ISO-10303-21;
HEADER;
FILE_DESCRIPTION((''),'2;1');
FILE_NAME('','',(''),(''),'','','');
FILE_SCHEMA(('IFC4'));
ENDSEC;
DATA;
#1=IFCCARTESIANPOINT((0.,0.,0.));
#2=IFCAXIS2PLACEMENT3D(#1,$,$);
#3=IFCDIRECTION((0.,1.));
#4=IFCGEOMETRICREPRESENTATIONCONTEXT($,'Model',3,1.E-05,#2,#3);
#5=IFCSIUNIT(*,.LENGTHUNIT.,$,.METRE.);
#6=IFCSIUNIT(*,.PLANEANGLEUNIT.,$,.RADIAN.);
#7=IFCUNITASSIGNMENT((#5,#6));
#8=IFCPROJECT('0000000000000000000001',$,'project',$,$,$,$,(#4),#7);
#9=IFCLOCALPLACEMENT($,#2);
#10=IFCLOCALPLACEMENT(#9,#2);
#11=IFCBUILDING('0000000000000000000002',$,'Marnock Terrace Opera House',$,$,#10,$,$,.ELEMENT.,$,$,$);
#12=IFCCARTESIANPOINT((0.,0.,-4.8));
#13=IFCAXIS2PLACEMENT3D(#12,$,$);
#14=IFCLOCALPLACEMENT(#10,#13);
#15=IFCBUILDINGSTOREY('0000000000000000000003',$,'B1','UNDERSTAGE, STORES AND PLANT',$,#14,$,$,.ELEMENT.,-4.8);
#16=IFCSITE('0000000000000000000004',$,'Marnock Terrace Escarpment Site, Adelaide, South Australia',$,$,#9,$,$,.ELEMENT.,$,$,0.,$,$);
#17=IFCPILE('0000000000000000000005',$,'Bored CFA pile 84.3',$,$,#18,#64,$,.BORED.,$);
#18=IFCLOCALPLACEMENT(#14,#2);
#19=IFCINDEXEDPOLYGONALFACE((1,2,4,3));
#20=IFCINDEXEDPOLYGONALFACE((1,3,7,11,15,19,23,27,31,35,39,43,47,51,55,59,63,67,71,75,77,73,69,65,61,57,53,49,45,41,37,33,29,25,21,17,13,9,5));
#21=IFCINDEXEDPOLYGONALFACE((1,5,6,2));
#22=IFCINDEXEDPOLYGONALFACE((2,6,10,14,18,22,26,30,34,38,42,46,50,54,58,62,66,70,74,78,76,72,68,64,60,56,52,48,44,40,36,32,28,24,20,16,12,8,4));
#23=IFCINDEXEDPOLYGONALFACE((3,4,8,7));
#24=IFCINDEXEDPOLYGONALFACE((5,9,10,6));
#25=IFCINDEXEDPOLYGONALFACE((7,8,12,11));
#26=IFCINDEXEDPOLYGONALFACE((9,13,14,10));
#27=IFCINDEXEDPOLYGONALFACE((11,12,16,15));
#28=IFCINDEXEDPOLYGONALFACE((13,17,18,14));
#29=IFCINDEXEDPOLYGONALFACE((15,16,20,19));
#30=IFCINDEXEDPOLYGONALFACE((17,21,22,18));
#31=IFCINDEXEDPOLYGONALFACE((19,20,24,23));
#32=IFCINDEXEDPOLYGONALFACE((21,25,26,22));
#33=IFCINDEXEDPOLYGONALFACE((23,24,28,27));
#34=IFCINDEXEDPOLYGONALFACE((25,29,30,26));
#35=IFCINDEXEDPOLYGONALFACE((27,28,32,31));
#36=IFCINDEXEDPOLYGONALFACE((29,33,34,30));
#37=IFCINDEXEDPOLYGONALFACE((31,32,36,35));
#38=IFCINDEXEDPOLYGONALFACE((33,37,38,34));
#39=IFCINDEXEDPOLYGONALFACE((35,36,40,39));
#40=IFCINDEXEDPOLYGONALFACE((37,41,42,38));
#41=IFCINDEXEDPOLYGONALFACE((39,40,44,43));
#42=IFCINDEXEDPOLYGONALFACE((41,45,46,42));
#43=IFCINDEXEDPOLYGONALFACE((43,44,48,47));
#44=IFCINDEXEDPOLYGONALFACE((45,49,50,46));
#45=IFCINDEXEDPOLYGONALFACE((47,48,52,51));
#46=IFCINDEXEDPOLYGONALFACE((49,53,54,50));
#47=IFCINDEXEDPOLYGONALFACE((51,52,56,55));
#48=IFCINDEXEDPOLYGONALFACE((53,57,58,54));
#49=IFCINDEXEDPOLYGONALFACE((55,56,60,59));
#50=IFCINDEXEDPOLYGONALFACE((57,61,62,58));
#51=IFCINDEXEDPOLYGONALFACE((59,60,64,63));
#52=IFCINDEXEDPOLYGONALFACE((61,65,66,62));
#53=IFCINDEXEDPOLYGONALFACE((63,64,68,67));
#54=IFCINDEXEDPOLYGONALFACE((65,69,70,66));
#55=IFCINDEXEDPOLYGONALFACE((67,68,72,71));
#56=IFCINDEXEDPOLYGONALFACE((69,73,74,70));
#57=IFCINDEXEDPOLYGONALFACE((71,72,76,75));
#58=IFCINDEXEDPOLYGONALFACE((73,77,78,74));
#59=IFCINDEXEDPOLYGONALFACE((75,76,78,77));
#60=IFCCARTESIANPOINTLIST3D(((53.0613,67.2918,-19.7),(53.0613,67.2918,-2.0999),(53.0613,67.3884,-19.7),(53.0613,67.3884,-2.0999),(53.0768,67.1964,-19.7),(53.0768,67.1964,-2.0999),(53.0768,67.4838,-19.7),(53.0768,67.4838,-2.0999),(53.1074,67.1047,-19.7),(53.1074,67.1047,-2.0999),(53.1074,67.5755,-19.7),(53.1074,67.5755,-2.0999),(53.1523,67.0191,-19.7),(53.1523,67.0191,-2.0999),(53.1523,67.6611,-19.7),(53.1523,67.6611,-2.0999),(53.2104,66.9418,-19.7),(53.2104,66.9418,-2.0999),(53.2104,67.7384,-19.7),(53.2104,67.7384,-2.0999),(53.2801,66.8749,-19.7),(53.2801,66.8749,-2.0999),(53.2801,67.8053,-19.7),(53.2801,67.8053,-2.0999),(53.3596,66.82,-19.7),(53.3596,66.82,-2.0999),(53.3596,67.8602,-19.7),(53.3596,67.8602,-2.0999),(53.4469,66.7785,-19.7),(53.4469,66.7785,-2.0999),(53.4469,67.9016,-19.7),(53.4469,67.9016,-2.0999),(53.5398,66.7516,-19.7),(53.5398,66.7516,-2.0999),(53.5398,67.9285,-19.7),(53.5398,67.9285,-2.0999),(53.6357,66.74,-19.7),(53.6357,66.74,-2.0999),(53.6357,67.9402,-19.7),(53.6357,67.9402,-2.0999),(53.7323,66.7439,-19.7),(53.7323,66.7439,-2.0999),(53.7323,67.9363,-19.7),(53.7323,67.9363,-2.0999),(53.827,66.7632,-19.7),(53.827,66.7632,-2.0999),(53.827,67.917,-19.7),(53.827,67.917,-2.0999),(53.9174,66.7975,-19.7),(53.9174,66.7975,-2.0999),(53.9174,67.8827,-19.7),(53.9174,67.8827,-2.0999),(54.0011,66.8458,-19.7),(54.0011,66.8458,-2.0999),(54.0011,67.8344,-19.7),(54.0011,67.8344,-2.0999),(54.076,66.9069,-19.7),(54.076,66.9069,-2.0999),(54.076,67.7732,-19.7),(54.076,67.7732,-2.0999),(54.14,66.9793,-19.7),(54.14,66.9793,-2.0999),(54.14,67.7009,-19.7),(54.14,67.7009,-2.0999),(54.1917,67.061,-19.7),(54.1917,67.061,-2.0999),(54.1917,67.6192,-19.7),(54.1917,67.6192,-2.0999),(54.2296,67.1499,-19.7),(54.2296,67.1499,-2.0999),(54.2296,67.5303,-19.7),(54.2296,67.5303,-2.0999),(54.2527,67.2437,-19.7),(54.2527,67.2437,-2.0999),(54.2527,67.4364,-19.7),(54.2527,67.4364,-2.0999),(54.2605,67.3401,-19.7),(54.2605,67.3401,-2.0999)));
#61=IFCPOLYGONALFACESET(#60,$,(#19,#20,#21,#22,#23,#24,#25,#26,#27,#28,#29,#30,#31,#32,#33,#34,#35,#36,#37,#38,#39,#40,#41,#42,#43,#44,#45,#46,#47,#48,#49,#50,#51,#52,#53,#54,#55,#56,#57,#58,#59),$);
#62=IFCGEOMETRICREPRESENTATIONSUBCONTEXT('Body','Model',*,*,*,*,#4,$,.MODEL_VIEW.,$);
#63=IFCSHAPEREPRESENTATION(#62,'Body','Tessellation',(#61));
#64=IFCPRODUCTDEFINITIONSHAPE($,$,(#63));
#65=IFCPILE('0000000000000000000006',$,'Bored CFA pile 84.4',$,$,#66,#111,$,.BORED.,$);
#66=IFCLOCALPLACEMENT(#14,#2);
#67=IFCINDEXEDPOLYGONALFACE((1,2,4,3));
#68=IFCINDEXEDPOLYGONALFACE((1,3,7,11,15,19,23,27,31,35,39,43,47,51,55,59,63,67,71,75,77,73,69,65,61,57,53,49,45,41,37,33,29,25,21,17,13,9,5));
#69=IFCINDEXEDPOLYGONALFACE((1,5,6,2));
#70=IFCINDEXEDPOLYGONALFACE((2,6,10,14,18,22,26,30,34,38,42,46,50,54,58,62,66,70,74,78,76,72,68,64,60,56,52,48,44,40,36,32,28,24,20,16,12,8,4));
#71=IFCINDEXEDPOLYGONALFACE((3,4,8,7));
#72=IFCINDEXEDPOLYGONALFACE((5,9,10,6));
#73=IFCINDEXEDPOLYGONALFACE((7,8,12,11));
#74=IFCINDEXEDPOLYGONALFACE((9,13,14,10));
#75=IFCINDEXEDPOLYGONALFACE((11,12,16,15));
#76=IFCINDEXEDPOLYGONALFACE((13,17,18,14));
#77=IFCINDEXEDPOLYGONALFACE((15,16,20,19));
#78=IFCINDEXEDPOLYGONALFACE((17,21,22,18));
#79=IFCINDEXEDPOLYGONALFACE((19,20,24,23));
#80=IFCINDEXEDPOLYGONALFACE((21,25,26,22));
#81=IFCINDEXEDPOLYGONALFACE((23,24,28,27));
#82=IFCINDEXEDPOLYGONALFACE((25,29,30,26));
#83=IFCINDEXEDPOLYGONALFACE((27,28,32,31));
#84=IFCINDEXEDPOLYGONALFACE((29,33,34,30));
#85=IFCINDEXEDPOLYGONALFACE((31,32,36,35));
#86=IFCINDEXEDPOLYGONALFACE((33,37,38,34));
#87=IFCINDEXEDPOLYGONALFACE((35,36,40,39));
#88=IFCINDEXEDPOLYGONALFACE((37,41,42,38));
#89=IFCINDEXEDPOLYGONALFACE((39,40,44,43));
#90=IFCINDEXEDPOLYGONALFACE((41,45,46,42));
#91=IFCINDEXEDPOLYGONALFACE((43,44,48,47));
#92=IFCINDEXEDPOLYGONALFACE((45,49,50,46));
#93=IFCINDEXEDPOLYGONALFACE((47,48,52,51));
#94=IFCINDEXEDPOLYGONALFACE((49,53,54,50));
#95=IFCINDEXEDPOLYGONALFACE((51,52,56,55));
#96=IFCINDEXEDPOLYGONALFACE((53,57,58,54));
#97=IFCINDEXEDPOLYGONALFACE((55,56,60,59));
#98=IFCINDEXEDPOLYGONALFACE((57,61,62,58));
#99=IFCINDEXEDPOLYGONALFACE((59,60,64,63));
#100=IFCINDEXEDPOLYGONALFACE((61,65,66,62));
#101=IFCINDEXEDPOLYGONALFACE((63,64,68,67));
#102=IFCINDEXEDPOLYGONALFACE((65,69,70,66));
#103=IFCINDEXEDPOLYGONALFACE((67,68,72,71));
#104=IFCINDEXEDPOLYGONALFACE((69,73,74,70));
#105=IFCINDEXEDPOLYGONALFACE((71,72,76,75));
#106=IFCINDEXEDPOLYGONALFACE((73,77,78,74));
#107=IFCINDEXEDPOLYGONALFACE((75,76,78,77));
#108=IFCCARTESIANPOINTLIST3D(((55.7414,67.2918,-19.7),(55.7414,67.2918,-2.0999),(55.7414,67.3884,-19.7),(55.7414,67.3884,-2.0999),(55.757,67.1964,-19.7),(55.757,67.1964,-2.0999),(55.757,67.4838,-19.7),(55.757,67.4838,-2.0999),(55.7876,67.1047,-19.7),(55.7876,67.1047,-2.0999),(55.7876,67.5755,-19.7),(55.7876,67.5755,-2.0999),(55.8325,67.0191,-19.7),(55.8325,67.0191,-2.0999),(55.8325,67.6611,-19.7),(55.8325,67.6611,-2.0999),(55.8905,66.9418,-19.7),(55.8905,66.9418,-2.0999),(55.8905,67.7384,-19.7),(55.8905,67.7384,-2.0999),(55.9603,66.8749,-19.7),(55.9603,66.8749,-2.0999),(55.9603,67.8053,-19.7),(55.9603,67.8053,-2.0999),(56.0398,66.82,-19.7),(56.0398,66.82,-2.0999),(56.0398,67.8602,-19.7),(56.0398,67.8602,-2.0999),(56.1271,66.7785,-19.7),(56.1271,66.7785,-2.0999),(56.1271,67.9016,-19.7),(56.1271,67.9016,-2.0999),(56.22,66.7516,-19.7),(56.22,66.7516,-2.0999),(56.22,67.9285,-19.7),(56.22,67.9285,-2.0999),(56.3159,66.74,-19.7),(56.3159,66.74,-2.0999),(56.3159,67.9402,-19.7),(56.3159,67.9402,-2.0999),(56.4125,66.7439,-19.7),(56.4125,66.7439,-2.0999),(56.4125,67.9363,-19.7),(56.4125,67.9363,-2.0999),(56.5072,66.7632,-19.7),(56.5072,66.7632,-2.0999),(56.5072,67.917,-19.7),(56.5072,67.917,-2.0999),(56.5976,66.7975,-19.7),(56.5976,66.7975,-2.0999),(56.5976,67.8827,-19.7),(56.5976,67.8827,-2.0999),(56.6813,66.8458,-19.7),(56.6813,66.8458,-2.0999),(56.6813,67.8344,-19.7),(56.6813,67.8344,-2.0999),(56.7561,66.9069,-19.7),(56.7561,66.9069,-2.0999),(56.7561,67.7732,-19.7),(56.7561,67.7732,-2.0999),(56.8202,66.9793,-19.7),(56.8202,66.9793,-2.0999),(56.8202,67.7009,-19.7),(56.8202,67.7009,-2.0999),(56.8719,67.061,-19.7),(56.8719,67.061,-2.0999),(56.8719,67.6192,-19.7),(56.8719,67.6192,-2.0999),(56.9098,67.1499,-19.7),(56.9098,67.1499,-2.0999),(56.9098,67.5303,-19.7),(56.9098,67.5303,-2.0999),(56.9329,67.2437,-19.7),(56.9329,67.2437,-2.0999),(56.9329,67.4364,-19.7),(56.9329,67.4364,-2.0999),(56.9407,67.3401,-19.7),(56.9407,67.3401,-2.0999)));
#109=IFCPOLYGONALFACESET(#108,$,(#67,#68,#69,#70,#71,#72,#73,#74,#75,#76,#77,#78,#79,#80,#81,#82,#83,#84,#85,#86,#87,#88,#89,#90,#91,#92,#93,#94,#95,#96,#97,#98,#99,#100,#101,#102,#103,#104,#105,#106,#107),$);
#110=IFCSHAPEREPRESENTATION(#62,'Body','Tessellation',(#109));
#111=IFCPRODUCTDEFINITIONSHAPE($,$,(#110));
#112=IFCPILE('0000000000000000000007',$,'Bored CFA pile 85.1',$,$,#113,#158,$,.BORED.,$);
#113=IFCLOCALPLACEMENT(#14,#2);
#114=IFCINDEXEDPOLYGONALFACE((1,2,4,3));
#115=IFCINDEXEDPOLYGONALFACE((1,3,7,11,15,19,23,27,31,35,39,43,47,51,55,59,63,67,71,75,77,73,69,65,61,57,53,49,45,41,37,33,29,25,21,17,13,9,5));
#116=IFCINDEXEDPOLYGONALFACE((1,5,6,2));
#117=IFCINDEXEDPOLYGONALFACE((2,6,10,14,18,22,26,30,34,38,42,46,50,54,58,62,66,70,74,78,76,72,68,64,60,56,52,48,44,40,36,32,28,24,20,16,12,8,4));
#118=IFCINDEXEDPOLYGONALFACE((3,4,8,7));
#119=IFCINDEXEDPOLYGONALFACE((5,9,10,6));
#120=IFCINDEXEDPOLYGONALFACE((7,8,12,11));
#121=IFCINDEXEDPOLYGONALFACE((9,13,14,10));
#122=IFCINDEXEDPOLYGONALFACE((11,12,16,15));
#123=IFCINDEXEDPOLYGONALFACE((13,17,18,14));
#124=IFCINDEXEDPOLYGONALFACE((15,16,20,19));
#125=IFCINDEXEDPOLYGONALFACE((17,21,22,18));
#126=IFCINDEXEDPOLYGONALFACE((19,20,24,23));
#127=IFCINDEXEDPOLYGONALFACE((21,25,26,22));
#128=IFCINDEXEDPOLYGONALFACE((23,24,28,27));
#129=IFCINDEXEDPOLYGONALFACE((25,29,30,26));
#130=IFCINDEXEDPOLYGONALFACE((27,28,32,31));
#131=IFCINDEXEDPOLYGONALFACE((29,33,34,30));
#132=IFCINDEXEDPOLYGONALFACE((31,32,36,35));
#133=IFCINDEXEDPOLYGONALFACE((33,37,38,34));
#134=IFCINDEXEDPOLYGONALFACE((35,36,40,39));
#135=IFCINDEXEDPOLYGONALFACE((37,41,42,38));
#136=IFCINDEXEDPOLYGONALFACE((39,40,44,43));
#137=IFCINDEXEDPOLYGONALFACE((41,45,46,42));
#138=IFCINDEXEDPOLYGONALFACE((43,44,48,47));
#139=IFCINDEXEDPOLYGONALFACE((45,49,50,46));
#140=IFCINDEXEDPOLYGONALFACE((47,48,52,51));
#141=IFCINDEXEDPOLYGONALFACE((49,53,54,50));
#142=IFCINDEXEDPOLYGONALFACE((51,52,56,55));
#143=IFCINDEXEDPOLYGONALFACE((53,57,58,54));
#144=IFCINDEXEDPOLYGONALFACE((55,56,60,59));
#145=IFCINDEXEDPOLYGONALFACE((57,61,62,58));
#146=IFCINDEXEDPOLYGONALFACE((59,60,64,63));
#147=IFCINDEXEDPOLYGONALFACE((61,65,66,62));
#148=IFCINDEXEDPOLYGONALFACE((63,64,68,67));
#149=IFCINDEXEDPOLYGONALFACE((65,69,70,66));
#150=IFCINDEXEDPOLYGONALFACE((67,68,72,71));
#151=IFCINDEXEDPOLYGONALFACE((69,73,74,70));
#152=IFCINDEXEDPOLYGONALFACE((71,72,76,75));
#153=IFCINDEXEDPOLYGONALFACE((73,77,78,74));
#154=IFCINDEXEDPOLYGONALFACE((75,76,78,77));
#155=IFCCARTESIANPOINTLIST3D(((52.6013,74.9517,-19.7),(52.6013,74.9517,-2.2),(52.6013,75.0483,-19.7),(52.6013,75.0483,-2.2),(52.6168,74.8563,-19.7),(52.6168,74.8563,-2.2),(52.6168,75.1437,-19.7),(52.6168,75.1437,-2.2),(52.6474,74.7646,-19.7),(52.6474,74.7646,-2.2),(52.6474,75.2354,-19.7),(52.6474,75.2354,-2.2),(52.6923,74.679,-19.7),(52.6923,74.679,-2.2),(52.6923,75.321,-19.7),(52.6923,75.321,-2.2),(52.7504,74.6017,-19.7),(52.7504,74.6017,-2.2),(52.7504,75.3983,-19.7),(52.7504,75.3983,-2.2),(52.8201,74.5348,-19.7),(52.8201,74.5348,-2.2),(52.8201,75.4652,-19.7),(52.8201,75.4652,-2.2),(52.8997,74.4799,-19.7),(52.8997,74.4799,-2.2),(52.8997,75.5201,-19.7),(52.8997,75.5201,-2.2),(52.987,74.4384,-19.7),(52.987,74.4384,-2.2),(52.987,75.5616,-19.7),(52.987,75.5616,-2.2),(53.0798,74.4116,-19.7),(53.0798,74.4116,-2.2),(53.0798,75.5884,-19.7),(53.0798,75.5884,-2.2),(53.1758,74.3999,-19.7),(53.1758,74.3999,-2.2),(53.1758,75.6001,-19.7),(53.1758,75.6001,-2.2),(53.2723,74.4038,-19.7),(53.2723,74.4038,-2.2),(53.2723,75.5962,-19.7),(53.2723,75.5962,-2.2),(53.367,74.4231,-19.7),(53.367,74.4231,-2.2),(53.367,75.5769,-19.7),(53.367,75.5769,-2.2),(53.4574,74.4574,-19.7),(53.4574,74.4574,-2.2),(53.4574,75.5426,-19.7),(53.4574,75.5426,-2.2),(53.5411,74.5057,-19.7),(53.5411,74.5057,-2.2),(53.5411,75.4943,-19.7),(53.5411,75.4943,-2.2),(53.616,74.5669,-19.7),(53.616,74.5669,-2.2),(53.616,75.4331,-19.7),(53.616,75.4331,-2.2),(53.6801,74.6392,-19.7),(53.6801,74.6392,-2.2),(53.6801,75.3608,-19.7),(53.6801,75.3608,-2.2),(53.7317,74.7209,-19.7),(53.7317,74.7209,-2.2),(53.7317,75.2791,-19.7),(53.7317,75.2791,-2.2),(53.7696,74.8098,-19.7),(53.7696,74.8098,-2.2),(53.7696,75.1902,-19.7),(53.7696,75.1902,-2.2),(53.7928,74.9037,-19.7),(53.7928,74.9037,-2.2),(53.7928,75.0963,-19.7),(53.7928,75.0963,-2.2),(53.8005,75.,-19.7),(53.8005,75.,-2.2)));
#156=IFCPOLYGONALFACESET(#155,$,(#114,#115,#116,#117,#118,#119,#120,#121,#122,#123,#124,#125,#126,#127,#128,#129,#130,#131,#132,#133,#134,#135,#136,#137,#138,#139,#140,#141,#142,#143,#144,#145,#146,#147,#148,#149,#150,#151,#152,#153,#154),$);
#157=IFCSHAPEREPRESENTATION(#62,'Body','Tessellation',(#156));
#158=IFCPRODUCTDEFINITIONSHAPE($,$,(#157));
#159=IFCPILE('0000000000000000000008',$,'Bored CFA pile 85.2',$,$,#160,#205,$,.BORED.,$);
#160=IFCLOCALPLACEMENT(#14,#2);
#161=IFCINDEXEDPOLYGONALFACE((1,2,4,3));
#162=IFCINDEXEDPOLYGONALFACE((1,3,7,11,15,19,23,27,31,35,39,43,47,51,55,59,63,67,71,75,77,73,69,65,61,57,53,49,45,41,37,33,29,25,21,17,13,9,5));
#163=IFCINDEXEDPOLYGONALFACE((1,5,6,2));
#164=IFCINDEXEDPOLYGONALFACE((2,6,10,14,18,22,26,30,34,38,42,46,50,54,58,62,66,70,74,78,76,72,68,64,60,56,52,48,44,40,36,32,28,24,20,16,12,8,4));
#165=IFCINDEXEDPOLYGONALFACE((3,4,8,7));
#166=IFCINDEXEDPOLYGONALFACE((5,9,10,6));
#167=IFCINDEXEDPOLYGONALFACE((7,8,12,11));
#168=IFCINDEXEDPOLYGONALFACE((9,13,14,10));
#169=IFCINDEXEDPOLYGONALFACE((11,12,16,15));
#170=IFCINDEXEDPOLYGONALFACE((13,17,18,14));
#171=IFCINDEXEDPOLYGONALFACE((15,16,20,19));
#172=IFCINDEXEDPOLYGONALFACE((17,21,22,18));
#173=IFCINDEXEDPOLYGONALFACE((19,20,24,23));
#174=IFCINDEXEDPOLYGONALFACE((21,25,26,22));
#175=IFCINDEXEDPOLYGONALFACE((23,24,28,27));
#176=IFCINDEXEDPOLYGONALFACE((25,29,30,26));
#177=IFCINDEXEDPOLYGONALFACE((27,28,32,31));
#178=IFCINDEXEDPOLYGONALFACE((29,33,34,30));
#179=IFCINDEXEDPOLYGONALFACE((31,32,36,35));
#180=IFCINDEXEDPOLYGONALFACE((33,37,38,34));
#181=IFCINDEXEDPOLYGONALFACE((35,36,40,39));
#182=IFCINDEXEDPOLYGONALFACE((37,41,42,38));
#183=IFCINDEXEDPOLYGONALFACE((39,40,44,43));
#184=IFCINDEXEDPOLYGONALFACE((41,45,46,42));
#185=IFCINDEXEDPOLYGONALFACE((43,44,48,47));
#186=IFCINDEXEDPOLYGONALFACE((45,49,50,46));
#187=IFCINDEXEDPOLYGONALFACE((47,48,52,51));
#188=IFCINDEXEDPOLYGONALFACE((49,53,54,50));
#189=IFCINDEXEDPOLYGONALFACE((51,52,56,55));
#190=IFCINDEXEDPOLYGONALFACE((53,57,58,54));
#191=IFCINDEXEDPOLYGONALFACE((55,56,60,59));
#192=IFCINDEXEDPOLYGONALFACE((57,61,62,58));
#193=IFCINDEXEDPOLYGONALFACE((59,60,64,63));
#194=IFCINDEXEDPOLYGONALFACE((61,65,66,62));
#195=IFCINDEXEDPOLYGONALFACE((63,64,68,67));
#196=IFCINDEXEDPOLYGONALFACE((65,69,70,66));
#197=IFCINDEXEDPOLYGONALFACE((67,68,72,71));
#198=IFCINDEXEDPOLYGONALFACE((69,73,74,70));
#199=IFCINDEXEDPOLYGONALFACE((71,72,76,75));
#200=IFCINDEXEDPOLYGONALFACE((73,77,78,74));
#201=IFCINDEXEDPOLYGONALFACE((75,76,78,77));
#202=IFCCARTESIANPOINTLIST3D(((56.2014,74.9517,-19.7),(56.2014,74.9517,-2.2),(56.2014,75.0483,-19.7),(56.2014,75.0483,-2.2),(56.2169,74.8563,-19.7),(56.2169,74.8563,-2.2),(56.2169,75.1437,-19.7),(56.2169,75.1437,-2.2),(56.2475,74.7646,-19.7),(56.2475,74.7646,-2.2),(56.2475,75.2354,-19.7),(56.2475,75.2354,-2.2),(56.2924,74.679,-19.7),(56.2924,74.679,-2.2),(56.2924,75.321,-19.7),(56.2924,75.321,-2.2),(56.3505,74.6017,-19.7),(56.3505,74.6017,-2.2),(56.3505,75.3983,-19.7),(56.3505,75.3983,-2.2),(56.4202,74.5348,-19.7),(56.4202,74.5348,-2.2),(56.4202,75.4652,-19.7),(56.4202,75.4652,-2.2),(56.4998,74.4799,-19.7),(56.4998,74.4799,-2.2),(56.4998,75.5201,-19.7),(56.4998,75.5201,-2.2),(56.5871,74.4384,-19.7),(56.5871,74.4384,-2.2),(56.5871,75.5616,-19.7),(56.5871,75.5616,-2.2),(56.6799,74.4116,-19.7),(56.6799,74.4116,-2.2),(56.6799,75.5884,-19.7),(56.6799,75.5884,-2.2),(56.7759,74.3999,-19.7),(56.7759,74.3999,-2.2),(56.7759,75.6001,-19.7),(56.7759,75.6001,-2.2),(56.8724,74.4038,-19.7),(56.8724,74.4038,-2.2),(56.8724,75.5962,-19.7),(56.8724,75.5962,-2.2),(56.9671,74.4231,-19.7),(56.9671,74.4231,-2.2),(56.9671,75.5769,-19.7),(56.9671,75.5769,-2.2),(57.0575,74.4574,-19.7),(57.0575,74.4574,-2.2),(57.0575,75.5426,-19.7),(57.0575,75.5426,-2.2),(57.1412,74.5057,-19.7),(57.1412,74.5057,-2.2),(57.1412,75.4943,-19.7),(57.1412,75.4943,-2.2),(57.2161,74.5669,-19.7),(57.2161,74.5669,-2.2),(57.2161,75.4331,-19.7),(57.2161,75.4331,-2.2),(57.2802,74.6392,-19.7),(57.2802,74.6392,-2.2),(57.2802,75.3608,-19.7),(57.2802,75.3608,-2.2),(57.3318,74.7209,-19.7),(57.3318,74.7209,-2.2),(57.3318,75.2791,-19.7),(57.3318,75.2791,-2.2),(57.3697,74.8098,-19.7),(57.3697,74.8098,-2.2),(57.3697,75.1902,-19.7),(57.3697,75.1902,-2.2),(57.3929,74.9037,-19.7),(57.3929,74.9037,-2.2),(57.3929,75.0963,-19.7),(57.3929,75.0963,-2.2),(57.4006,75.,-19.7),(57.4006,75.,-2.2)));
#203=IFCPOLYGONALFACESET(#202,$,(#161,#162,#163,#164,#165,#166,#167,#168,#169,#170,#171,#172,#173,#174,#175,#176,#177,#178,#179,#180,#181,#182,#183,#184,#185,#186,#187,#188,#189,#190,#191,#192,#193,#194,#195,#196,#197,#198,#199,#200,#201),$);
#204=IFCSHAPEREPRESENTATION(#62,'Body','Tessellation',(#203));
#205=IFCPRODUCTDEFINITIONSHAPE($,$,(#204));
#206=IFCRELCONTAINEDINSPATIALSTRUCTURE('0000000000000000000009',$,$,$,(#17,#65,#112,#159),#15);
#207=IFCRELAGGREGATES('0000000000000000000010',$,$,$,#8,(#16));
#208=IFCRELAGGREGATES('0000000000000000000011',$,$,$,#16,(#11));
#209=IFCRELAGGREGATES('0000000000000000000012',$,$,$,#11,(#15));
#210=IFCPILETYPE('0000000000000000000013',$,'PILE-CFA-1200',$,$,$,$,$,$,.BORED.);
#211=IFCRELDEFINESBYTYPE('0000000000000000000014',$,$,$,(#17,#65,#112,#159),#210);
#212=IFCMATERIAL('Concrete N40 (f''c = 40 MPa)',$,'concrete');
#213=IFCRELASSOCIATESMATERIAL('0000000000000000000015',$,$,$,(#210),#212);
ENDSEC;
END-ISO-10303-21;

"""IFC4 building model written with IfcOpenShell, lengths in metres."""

from ifc_helpers import new_model, si_unit, direction, frame, origin, origin_2d, place, context, subcontext, project, spatial, circle, extrude, material, material_profile, profile_set, type_object, element, save


model = new_model("IFC4")

# Units and contexts
model_context = context("Model", 3, precision=1e-05, world=origin(), true_north=direction((0.0, 1.0)))
body_context = subcontext(model_context, "Body", "Model", "MODEL_VIEW")
ifc_project = project(units=[si_unit("LENGTHUNIT", "METRE"), si_unit("PLANEANGLEUNIT", "RADIAN")], contexts=[model_context])

# Site, building, storey
site_placement = place(None, origin())
site = spatial("IfcSite", under=ifc_project, at=site_placement, Name="Marnock Terrace Escarpment Site, Adelaide, South Australia", CompositionType="ELEMENT", RefElevation=0.0)
building_placement = place(site_placement, origin())
building = spatial("IfcBuilding", under=site, at=building_placement, Name="Marnock Terrace Opera House", CompositionType="ELEMENT")
storey_placement = place(building_placement, frame((0.0, 0.0, -4.8)))
storey = spatial("IfcBuildingStorey", under=building, at=storey_placement, Name="B1", Description="UNDERSTAGE, STORES AND PLANT", CompositionType="ELEMENT", Elevation=-4.8)

# Shared definitions
ifc_material_1 = material(Name="Concrete N40 (f'c = 40 MPa)", Category="concrete")

# Piles
ifc_material_profile_1 = material_profile(ifc_material_1, circle(Radius=0.6006, at=origin_2d()))
ifc_profile_set_1 = profile_set([ifc_material_profile_1], Name="Concrete N40 (f'c = 40 MPa)")
pile_type_1 = type_object("IfcPileType", Name="PILE-CFA-1200", PredefinedType="BORED", material=ifc_profile_set_1)
for number, where, z_axis, x_axis, name in (
    (1, (53.6599, 67.3401, -2.0999), (0.0, 0.0, -1.0), (1.0, 0.0, 0.0), "Bored CFA pile 84.3"),
    (2, (56.3401, 67.3401, -2.0999), (0.0, 0.0, -1.0), (1.0, 0.0, 0.0), "Bored CFA pile 84.4"),
):
    element("IfcPile", number, at=place(storey_placement, frame(where, z_axis=z_axis, x_axis=x_axis)), inside=storey, type_object=pile_type_1, Name=name, PredefinedType="BORED", context=body_context, shape_type="SweptSolid", body=[
        extrude(circle(Radius=0.6006, at=origin_2d()), origin(), (0.0, 0.0, 1.0), 17.6001),
    ])
for number, where, z_axis, x_axis, name in (
    (3, (53.2, 75.0, -2.2), (0.0, 0.0, -1.0), (1.0, 0.0, 0.0), "Bored CFA pile 85.1"),
    (4, (56.8, 75.0, -2.2), (0.0, 0.0, -1.0), (1.0, 0.0, 0.0), "Bored CFA pile 85.2"),
):
    element("IfcPile", number, at=place(storey_placement, frame(where, z_axis=z_axis, x_axis=x_axis)), inside=storey, type_object=pile_type_1, Name=name, PredefinedType="BORED", context=body_context, shape_type="SweptSolid", body=[
        extrude(circle(Radius=0.6006, at=origin_2d()), origin(), (0.0, 0.0, 1.0), 17.5),
    ])

save(model, "model.ifc")
